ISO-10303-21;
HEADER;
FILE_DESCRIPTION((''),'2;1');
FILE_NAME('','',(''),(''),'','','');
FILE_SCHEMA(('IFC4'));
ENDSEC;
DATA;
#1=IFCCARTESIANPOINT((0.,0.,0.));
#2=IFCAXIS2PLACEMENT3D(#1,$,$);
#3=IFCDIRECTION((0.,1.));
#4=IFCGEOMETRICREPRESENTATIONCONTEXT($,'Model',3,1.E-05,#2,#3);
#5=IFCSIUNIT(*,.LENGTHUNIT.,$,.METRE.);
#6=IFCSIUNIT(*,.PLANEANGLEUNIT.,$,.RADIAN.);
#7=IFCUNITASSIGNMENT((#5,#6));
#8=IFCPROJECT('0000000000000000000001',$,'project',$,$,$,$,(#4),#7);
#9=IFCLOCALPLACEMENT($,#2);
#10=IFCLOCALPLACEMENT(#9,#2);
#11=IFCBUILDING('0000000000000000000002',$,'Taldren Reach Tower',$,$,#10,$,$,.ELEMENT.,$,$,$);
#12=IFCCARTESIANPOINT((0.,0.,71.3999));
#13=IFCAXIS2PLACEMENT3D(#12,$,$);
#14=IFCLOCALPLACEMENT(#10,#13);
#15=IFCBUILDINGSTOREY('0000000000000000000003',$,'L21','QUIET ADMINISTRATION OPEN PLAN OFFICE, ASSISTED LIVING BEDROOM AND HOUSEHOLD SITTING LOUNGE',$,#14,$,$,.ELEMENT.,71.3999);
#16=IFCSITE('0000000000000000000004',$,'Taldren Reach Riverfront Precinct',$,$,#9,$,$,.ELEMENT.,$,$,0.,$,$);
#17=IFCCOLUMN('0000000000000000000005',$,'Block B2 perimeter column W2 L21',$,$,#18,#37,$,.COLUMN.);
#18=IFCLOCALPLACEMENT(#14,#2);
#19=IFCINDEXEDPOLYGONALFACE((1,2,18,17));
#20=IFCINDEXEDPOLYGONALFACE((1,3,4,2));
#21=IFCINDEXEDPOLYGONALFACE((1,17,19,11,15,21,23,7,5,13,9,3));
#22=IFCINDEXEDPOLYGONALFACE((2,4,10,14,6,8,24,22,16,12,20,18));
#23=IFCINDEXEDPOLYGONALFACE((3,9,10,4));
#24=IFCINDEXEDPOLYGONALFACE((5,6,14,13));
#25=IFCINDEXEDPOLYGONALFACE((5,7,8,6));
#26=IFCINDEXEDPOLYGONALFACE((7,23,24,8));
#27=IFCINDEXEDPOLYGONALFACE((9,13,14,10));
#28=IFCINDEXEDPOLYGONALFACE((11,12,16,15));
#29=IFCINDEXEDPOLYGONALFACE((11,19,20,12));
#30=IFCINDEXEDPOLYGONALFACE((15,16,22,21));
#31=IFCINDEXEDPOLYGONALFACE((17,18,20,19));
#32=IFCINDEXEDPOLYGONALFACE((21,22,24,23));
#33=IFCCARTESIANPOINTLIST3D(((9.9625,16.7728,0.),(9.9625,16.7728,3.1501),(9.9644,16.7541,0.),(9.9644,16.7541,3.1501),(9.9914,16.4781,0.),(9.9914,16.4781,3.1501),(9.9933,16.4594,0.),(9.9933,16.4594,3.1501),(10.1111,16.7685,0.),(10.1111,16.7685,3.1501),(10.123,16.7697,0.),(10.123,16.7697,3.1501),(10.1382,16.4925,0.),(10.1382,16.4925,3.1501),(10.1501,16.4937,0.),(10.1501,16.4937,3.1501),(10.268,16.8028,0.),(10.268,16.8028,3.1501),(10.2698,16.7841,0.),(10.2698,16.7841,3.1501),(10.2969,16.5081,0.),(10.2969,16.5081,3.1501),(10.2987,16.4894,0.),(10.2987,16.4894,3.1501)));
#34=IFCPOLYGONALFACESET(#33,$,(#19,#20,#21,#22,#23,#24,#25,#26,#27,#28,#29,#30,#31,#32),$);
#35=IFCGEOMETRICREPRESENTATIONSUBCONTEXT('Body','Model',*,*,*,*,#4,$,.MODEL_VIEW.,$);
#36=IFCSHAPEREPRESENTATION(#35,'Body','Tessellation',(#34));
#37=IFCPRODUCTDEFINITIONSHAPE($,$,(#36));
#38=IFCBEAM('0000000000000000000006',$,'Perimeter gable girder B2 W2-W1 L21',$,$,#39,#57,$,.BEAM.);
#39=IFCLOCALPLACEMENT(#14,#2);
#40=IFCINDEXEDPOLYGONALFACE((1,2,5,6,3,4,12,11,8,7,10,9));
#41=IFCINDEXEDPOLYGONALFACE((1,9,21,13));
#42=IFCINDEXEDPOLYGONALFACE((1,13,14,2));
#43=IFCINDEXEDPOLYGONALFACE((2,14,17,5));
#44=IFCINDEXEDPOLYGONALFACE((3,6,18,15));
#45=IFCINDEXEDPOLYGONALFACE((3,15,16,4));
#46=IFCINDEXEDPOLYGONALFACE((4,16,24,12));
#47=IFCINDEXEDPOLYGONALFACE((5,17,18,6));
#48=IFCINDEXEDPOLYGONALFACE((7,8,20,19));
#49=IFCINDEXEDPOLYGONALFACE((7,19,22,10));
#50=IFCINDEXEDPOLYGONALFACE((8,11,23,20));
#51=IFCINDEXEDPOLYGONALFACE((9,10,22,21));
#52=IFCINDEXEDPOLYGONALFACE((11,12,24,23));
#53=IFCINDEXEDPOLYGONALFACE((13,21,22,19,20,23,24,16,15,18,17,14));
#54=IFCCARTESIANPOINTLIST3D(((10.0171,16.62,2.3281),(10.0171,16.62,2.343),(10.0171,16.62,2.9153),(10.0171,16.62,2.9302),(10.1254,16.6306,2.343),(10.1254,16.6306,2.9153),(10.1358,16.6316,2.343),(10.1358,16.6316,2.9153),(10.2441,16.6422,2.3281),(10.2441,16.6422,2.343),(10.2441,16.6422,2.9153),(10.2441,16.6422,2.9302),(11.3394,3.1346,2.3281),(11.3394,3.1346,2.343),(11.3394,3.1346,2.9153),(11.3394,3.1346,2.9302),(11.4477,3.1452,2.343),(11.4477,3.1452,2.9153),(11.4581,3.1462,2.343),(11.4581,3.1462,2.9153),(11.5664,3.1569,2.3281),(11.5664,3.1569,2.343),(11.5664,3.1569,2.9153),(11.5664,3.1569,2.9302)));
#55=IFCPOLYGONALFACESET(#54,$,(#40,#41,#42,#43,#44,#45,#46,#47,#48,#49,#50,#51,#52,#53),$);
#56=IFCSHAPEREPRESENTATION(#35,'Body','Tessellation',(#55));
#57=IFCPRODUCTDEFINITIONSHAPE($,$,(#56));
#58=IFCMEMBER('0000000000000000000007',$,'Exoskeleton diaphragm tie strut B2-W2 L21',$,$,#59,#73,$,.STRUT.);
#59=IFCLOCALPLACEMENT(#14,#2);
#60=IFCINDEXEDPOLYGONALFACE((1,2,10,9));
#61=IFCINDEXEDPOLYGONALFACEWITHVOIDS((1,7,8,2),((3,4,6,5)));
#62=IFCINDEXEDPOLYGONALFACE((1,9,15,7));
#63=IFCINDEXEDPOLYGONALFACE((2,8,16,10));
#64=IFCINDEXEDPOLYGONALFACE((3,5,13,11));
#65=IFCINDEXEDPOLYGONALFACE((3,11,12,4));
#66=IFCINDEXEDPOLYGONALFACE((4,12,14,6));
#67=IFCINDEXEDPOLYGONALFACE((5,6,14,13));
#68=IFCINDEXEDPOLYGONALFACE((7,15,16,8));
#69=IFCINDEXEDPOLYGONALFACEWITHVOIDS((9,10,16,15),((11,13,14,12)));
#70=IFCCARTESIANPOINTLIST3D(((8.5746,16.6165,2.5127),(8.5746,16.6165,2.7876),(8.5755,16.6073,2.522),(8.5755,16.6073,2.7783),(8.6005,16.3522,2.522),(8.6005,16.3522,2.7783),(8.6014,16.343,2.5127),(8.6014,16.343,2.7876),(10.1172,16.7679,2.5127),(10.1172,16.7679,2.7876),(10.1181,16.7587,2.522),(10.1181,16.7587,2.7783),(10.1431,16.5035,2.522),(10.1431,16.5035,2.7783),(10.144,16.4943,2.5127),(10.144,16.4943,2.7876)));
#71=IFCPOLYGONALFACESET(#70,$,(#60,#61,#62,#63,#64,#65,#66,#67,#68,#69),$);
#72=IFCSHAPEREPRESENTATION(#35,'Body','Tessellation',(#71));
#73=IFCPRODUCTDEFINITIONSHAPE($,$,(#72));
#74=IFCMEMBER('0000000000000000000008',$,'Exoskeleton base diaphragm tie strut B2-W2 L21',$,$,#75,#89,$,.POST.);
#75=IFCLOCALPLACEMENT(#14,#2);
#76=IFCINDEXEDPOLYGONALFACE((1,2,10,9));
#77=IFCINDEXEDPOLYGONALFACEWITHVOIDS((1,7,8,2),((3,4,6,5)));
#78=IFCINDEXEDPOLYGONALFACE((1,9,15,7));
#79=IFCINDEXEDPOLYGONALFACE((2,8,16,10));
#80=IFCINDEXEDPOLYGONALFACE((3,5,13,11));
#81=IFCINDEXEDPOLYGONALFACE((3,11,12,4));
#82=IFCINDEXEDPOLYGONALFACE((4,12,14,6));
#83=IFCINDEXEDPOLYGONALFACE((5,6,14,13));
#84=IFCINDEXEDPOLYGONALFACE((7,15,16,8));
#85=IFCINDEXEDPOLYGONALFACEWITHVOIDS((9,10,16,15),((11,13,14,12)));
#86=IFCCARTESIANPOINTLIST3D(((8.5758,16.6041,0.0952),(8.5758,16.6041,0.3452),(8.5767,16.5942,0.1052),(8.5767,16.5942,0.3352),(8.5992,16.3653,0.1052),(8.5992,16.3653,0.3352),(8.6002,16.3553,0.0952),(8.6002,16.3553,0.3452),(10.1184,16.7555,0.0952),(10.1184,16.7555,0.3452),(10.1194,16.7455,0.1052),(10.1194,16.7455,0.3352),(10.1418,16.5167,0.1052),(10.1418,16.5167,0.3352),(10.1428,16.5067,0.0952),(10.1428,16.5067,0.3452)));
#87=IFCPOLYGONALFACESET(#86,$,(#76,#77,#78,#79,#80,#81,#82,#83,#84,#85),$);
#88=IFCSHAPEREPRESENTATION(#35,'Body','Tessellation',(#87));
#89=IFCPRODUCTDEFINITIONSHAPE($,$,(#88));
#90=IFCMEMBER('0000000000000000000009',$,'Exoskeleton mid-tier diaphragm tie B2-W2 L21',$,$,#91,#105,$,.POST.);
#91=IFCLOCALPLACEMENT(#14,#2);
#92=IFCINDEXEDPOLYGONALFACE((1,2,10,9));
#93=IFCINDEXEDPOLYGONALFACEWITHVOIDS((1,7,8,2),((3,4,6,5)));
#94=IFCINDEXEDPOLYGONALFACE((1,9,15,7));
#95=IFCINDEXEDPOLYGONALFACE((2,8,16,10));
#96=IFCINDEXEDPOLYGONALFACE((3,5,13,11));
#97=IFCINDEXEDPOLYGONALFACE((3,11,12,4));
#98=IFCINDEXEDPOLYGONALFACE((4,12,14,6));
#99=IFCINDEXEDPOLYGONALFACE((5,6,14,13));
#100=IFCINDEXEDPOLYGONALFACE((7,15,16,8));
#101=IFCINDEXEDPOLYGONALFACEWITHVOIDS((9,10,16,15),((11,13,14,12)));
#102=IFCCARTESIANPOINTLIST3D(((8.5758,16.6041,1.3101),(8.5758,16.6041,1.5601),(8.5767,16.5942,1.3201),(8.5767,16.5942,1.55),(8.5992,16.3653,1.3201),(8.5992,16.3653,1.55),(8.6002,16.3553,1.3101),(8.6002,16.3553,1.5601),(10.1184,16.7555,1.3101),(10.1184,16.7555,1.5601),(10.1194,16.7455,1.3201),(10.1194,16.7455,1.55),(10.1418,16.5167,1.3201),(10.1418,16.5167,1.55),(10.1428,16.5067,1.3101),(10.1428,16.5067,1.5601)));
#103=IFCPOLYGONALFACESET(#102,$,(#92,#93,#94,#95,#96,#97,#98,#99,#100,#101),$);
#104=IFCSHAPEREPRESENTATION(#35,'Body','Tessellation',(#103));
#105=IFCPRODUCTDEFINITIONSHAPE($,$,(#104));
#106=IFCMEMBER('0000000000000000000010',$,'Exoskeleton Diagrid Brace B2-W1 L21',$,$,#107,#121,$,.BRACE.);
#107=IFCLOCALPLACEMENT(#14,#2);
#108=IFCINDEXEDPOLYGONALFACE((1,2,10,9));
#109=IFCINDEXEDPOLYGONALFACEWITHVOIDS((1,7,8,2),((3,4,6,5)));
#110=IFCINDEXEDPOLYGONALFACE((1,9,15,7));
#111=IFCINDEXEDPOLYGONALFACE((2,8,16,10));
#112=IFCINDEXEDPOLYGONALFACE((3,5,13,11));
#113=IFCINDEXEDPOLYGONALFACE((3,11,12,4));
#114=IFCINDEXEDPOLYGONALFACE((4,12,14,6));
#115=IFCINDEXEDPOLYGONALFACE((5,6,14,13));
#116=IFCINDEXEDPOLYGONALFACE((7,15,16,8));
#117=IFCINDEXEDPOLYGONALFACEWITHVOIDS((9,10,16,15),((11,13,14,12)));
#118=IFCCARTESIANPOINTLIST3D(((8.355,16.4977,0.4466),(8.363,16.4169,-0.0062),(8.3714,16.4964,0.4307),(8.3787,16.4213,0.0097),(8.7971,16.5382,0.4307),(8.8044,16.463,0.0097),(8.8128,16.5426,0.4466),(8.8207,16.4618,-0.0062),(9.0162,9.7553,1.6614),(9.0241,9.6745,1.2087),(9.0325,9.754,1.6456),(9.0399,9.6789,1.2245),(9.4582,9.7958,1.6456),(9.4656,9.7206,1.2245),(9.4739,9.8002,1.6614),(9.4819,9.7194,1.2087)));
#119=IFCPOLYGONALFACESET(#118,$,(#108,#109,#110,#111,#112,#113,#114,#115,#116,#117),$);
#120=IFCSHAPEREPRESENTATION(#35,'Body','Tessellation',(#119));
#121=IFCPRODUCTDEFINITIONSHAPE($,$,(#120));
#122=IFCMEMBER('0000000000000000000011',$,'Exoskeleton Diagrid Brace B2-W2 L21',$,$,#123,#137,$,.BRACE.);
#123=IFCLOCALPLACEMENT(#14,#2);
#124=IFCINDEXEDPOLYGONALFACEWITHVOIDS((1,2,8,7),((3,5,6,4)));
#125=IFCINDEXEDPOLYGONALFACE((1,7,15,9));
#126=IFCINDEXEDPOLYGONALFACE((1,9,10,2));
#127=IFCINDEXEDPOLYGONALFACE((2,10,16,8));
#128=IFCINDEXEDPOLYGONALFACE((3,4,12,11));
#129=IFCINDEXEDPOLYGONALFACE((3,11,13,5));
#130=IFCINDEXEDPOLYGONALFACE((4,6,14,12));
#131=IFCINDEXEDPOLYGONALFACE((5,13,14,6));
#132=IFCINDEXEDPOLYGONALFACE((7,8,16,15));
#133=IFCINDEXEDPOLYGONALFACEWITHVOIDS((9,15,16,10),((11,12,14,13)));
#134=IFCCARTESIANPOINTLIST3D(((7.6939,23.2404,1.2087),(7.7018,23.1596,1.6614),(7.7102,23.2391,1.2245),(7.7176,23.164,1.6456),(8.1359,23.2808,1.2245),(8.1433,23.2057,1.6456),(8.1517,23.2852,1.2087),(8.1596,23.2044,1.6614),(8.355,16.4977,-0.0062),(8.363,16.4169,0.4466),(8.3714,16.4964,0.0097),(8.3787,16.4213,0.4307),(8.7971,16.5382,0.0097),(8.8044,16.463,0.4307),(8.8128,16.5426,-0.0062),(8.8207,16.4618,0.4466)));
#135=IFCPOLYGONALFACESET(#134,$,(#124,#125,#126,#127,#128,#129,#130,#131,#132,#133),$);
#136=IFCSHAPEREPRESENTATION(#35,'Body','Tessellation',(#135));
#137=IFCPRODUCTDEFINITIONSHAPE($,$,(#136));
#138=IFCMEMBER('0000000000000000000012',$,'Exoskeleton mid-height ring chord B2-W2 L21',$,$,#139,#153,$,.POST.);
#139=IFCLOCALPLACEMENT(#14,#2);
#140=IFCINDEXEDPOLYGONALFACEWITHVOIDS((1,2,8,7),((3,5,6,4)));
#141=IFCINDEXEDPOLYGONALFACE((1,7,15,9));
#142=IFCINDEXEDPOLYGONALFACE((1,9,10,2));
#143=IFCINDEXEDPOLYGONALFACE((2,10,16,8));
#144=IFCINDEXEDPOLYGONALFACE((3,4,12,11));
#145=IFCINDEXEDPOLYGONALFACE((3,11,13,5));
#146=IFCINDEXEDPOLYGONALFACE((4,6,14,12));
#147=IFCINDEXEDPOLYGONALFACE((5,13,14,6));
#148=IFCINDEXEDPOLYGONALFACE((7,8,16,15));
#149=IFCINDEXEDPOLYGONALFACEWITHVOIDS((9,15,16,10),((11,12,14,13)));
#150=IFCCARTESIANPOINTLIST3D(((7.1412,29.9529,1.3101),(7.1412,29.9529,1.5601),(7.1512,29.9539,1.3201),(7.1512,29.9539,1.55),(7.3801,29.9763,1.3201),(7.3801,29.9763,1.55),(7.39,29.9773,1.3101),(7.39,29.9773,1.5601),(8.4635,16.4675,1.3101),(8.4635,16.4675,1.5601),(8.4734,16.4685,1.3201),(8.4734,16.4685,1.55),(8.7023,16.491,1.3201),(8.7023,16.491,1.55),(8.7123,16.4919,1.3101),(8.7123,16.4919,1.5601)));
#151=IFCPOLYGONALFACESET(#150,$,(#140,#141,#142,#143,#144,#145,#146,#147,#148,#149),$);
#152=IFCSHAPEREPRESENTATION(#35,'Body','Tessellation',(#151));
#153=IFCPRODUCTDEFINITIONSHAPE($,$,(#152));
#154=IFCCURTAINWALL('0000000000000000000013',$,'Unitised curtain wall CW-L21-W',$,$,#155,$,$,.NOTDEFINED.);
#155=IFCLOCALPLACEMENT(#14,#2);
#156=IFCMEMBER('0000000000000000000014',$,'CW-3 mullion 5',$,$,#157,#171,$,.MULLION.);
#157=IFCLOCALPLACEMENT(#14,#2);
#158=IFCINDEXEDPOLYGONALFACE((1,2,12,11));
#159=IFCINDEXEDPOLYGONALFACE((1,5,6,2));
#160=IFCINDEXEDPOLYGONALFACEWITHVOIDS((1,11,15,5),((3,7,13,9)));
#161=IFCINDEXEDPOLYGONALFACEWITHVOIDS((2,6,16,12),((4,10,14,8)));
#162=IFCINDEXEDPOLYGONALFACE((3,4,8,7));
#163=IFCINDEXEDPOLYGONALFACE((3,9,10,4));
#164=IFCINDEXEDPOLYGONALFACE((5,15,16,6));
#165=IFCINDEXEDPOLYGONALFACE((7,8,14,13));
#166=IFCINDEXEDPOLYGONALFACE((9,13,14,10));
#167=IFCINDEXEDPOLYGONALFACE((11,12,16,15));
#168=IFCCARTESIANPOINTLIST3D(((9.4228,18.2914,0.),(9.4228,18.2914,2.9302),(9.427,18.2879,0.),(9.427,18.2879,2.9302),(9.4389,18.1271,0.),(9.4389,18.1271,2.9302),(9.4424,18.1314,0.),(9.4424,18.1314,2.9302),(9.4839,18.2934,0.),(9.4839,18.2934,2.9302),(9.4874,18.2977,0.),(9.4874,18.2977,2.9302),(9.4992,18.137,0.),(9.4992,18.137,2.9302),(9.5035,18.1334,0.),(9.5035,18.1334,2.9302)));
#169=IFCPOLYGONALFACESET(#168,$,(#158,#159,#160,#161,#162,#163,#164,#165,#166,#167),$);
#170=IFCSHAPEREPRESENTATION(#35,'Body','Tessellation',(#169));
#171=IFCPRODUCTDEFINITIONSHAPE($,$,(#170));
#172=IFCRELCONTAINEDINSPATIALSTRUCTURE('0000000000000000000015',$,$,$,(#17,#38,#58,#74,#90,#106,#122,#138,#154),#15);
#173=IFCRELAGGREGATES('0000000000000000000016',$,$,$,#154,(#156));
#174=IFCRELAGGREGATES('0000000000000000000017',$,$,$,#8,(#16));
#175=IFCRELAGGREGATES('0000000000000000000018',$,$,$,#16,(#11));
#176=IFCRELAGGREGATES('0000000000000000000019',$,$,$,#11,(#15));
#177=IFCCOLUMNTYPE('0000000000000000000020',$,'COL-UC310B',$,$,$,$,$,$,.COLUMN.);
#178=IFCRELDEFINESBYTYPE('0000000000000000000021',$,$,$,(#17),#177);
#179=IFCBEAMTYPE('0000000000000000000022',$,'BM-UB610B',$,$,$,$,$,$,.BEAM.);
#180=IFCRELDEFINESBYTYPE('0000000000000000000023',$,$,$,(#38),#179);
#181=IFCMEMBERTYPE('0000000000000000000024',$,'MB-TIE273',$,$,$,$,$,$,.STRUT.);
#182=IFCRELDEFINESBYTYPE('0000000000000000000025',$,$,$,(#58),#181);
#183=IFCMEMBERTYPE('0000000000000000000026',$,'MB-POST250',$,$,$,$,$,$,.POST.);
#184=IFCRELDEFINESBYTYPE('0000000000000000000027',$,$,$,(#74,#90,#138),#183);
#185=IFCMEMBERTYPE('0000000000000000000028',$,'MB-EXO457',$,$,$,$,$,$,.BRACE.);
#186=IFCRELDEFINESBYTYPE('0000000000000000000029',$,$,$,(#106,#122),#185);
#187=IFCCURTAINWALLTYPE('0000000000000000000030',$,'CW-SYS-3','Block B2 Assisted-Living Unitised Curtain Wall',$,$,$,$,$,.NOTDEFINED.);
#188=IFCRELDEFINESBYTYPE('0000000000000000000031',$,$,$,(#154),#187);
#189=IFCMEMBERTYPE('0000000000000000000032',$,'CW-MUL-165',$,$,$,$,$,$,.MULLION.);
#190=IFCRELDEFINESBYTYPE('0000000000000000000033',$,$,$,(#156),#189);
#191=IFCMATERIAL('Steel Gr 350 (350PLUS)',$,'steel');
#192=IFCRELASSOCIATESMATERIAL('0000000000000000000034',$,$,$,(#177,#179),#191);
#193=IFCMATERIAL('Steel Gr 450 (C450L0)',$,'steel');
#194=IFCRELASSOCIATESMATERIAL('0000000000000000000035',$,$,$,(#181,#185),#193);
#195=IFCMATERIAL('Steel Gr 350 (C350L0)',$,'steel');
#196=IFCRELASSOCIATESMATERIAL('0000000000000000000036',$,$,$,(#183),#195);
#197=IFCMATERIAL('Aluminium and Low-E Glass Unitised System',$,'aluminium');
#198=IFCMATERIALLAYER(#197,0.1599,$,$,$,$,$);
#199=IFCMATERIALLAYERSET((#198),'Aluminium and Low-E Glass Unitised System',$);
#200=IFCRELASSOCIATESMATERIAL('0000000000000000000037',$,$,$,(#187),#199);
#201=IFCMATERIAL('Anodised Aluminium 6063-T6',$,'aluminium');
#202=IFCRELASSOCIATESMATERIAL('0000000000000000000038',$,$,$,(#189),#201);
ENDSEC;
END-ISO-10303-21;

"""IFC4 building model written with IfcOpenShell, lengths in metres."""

from ifc_helpers import new_model, si_unit, direction, frame, origin, origin_2d, place, context, subcontext, project, spatial, hollow_rectangle, i_section, extrude, source, transform, mapped, material, layer, layer_set, material_profile, profile_set, type_object, element, aggregate, save


model = new_model("IFC4")

# Units and contexts
model_context = context("Model", 3, precision=1e-05, world=origin(), true_north=direction((0.0, 1.0)))
body_context = subcontext(model_context, "Body", "Model", "MODEL_VIEW")
ifc_project = project(units=[si_unit("LENGTHUNIT", "METRE"), si_unit("PLANEANGLEUNIT", "RADIAN")], contexts=[model_context])

# Site, building, storey
site_placement = place(None, origin())
site = spatial("IfcSite", under=ifc_project, at=site_placement, Name="Taldren Reach Riverfront Precinct", CompositionType="ELEMENT", RefElevation=0.0)
building_placement = place(site_placement, origin())
building = spatial("IfcBuilding", under=site, at=building_placement, Name="Taldren Reach Tower", CompositionType="ELEMENT")
storey_placement = place(building_placement, frame((0.0, 0.0, 71.3999)))
storey = spatial("IfcBuildingStorey", under=building, at=storey_placement, Name="L21", Description="QUIET ADMINISTRATION OPEN PLAN OFFICE, ASSISTED LIVING BEDROOM AND HOUSEHOLD SITTING LOUNGE", CompositionType="ELEMENT", Elevation=71.3999)

# Column
ifc_material_1 = material(Name="Steel Gr 350 (350PLUS)", Category="steel")
ifc_material_profile_1 = material_profile(ifc_material_1, i_section(OverallWidth=0.3069, OverallDepth=0.3149, WebThickness=0.012, FlangeThickness=0.0188, at=origin_2d()), Name="310UC118")
ifc_profile_set_1 = profile_set([ifc_material_profile_1], Name="Steel Gr 350 (350PLUS)")
column_type = type_object("IfcColumnType", Name="COL-UC310B", PredefinedType="COLUMN", material=ifc_profile_set_1)
shared_shape_1 = source(origin(), body_context, "Body", "SweptSolid", [
    extrude(i_section(OverallWidth=0.3069, OverallDepth=0.3149, WebThickness=0.012, FlangeThickness=0.0188, at=origin_2d()), origin(), (0.0, 0.0, 1.0), 3.1501),
])
column_placement = place(storey_placement, frame((10.1306, 16.6311, 0.0), z_axis=(0.0, 0.0, 1.0), x_axis=(0.995227, 0.097583, 0.0)))
element("IfcColumn", 1, at=column_placement, inside=storey, type_object=column_type, Name="Block B2 perimeter column W2 L21", PredefinedType="COLUMN", context=body_context, shape_type="MappedRepresentation", body=[
    mapped(shared_shape_1, transform((0.0, 0.0, 0.0), scale=1.0)),
])

# Beam
ifc_material_profile_2 = material_profile(ifc_material_1, i_section(OverallWidth=0.228, OverallDepth=0.6021, WebThickness=0.0105, FlangeThickness=0.0149, at=origin_2d()), Name="610UB101")
ifc_profile_set_2 = profile_set([ifc_material_profile_2], Name="Steel Gr 350 (350PLUS)")
beam_type = type_object("IfcBeamType", Name="BM-UB610B", PredefinedType="BEAM", material=ifc_profile_set_2)
shared_shape_2 = source(origin(), body_context, "Body", "SweptSolid", [
    extrude(i_section(OverallWidth=0.228, OverallDepth=0.6021, WebThickness=0.0105, FlangeThickness=0.0149, at=origin_2d()), origin(), (0.0, 0.0, 1.0), 13.55),
])
beam_placement = place(storey_placement, frame((10.1306, 16.6311, 2.6292), z_axis=(0.097584, -0.995227, 0.0), x_axis=(0.995227, 0.097584, 0.0)))
element("IfcBeam", 2, at=beam_placement, inside=storey, type_object=beam_type, Name="Perimeter gable girder B2 W2-W1 L21", PredefinedType="BEAM", context=body_context, shape_type="MappedRepresentation", body=[
    mapped(shared_shape_2, transform((0.0, 0.0, 0.0), scale=1.0)),
])

# Members
ifc_material_2 = material(Name="Steel Gr 450 (C450L0)", Category="steel")
ifc_material_profile_3 = material_profile(ifc_material_2, hollow_rectangle(XDim=0.2749, YDim=0.2749, WallThickness=0.0093, at=origin_2d()), Name="275x275x9.3SHS")
ifc_profile_set_3 = profile_set([ifc_material_profile_3], Name="Steel Gr 450 (C450L0)")
member_type_1 = type_object("IfcMemberType", Name="MB-TIE273", PredefinedType="STRUT", material=ifc_profile_set_3)
shared_shape_3 = source(origin(), body_context, "Body", "SweptSolid", [
    extrude(hollow_rectangle(XDim=0.2749, YDim=0.2749, WallThickness=0.0093, at=origin_2d()), origin(), (0.0, 0.0, 1.0), 1.55),
])
member_1_placement = place(storey_placement, frame((10.1306, 16.6311, 2.6501), z_axis=(-0.995221, -0.097648, 0.0), x_axis=(0.097648, -0.995221, 0.0)))
element("IfcMember", 3, at=member_1_placement, inside=storey, type_object=member_type_1, Name="Exoskeleton diaphragm tie strut B2-W2 L21", PredefinedType="STRUT", context=body_context, shape_type="MappedRepresentation", body=[
    mapped(shared_shape_3, transform((0.0, 0.0, 0.0), scale=1.0)),
])
ifc_material_3 = material(Name="Steel Gr 350 (C350L0)", Category="steel")
ifc_material_profile_4 = material_profile(ifc_material_3, hollow_rectangle(XDim=0.25, YDim=0.25, WallThickness=0.01, at=origin_2d()), Name="250x250x10.0SHS")
ifc_profile_set_4 = profile_set([ifc_material_profile_4], Name="Steel Gr 350 (C350L0)")
member_type_2 = type_object("IfcMemberType", Name="MB-POST250", PredefinedType="POST", material=ifc_profile_set_4)
shared_shape_4 = source(origin(), body_context, "Body", "SweptSolid", [
    extrude(hollow_rectangle(XDim=0.25, YDim=0.25, WallThickness=0.01, at=origin_2d()), origin(), (0.0, 0.0, 1.0), 1.55),
])
for number, where, z_axis, x_axis, name in (
    (4, (10.1306, 16.6311, 0.2202), (-0.995221, -0.097648, 0.0), (0.097648, -0.995221, 0.0), "Exoskeleton base diaphragm tie strut B2-W2 L21"),
    (5, (10.1306, 16.6311, 1.4351), (-0.995221, -0.097648, 0.0), (0.097648, -0.995221, 0.0), "Exoskeleton mid-tier diaphragm tie B2-W2 L21"),
):
    element("IfcMember", number, at=place(storey_placement, frame(where, z_axis=z_axis, x_axis=x_axis)), inside=storey, type_object=member_type_2, Name=name, PredefinedType="POST", context=body_context, shape_type="MappedRepresentation", body=[
        mapped(shared_shape_4, transform((0.0, 0.0, 0.0), scale=1.0)),
    ])
ifc_material_profile_5 = material_profile(ifc_material_2, hollow_rectangle(XDim=0.46, YDim=0.46, WallThickness=0.0161, at=origin_2d()), Name="460x460x16.0SHS")
ifc_profile_set_5 = profile_set([ifc_material_profile_5], Name="Steel Gr 450 (C450L0)")
member_type_3 = type_object("IfcMemberType", Name="MB-EXO457", PredefinedType="BRACE", material=ifc_profile_set_5)
shared_shape_5 = source(origin(), body_context, "Body", "SweptSolid", [
    extrude(hollow_rectangle(XDim=0.46, YDim=0.46, WallThickness=0.0161, at=origin_2d()), origin(), (0.0, 0.0, 1.0), 6.8828),
])
member_2_placement = place(storey_placement, frame((8.5879, 16.4797, 0.2202), z_axis=(0.096055, -0.979602, 0.176504), x_axis=(0.995227, 0.097588, 0.0)))
element("IfcMember", 6, at=member_2_placement, inside=storey, type_object=member_type_3, Name="Exoskeleton Diagrid Brace B2-W1 L21", PredefinedType="BRACE", context=body_context, shape_type="MappedRepresentation", body=[
    mapped(shared_shape_5, transform((0.0, 0.0, 0.0), scale=1.0)),
])
shared_shape_6 = source(origin(), body_context, "Body", "SweptSolid", [
    extrude(hollow_rectangle(XDim=0.46, YDim=0.46, WallThickness=0.0161, at=origin_2d()), origin(), (0.0, 0.0, 1.0), 6.8831),
])
member_3_placement = place(storey_placement, frame((8.5879, 16.4797, 0.2202), z_axis=(-0.096052, 0.979603, 0.176497), x_axis=(-0.995227, -0.097584, 0.0)))
element("IfcMember", 7, at=member_3_placement, inside=storey, type_object=member_type_3, Name="Exoskeleton Diagrid Brace B2-W2 L21", PredefinedType="BRACE", context=body_context, shape_type="MappedRepresentation", body=[
    mapped(shared_shape_6, transform((0.0, 0.0, 0.0), scale=1.0)),
])
shared_shape_7 = source(origin(), body_context, "Body", "SweptSolid", [
    extrude(hollow_rectangle(XDim=0.25, YDim=0.25, WallThickness=0.01, at=origin_2d()), origin(), (0.0, 0.0, 1.0), 13.55),
])
member_4_placement = place(storey_placement, frame((8.5879, 16.4797, 1.4351), z_axis=(-0.097584, 0.995227, 0.0), x_axis=(-0.995227, -0.097584, 0.0)))
element("IfcMember", 8, at=member_4_placement, inside=storey, type_object=member_type_2, Name="Exoskeleton mid-height ring chord B2-W2 L21", PredefinedType="POST", context=body_context, shape_type="MappedRepresentation", body=[
    mapped(shared_shape_7, transform((0.0, 0.0, 0.0), scale=1.0)),
])

# Curtain wall, member
ifc_material_4 = material(Name="Aluminium and Low-E Glass Unitised System", Category="aluminium")
ifc_layer_1 = layer(ifc_material_4, 0.1599)
ifc_layer_set_1 = layer_set([ifc_layer_1], Name="Aluminium and Low-E Glass Unitised System")
curtain_wall_type = type_object("IfcCurtainWallType", Name="CW-SYS-3", Description="Block B2 Assisted-Living Unitised Curtain Wall", PredefinedType="NOTDEFINED", material=ifc_layer_set_1)
curtain_wall_placement = place(storey_placement, origin())
curtain_wall = element("IfcCurtainWall", 9, at=curtain_wall_placement, inside=storey, type_object=curtain_wall_type, Name="Unitised curtain wall CW-L21-W", PredefinedType="NOTDEFINED")
ifc_material_5 = material(Name="Anodised Aluminium 6063-T6", Category="aluminium")
ifc_material_profile_6 = material_profile(ifc_material_5, hollow_rectangle(XDim=0.0649, YDim=0.165, WallThickness=0.0039, at=origin_2d()), Name="ALU-165x65x4RHS")
ifc_profile_set_6 = profile_set([ifc_material_profile_6], Name="Anodised Aluminium 6063-T6")
member_type_4 = type_object("IfcMemberType", Name="CW-MUL-165", PredefinedType="MULLION", material=ifc_profile_set_6)
shared_shape_8 = source(origin(), body_context, "Body", "SweptSolid", [
    extrude(hollow_rectangle(XDim=0.0649, YDim=0.165, WallThickness=0.0039, at=origin_2d()), origin(), (0.0, 0.0, 1.0), 2.9302),
])
member_5_placement = place(storey_placement, frame((9.4631, 18.2124, 0.0), z_axis=(0.0, 0.0, 1.0), x_axis=(0.995227, 0.097583, 0.0)))
member_5 = element("IfcMember", 10, at=member_5_placement, type_object=member_type_4, Name="CW-3 mullion 5", PredefinedType="MULLION", context=body_context, shape_type="MappedRepresentation", body=[
    mapped(shared_shape_8, transform((0.0, 0.0, 0.0), scale=1.0)),
])

aggregate(curtain_wall, [member_5])

save(model, "model.ifc")
